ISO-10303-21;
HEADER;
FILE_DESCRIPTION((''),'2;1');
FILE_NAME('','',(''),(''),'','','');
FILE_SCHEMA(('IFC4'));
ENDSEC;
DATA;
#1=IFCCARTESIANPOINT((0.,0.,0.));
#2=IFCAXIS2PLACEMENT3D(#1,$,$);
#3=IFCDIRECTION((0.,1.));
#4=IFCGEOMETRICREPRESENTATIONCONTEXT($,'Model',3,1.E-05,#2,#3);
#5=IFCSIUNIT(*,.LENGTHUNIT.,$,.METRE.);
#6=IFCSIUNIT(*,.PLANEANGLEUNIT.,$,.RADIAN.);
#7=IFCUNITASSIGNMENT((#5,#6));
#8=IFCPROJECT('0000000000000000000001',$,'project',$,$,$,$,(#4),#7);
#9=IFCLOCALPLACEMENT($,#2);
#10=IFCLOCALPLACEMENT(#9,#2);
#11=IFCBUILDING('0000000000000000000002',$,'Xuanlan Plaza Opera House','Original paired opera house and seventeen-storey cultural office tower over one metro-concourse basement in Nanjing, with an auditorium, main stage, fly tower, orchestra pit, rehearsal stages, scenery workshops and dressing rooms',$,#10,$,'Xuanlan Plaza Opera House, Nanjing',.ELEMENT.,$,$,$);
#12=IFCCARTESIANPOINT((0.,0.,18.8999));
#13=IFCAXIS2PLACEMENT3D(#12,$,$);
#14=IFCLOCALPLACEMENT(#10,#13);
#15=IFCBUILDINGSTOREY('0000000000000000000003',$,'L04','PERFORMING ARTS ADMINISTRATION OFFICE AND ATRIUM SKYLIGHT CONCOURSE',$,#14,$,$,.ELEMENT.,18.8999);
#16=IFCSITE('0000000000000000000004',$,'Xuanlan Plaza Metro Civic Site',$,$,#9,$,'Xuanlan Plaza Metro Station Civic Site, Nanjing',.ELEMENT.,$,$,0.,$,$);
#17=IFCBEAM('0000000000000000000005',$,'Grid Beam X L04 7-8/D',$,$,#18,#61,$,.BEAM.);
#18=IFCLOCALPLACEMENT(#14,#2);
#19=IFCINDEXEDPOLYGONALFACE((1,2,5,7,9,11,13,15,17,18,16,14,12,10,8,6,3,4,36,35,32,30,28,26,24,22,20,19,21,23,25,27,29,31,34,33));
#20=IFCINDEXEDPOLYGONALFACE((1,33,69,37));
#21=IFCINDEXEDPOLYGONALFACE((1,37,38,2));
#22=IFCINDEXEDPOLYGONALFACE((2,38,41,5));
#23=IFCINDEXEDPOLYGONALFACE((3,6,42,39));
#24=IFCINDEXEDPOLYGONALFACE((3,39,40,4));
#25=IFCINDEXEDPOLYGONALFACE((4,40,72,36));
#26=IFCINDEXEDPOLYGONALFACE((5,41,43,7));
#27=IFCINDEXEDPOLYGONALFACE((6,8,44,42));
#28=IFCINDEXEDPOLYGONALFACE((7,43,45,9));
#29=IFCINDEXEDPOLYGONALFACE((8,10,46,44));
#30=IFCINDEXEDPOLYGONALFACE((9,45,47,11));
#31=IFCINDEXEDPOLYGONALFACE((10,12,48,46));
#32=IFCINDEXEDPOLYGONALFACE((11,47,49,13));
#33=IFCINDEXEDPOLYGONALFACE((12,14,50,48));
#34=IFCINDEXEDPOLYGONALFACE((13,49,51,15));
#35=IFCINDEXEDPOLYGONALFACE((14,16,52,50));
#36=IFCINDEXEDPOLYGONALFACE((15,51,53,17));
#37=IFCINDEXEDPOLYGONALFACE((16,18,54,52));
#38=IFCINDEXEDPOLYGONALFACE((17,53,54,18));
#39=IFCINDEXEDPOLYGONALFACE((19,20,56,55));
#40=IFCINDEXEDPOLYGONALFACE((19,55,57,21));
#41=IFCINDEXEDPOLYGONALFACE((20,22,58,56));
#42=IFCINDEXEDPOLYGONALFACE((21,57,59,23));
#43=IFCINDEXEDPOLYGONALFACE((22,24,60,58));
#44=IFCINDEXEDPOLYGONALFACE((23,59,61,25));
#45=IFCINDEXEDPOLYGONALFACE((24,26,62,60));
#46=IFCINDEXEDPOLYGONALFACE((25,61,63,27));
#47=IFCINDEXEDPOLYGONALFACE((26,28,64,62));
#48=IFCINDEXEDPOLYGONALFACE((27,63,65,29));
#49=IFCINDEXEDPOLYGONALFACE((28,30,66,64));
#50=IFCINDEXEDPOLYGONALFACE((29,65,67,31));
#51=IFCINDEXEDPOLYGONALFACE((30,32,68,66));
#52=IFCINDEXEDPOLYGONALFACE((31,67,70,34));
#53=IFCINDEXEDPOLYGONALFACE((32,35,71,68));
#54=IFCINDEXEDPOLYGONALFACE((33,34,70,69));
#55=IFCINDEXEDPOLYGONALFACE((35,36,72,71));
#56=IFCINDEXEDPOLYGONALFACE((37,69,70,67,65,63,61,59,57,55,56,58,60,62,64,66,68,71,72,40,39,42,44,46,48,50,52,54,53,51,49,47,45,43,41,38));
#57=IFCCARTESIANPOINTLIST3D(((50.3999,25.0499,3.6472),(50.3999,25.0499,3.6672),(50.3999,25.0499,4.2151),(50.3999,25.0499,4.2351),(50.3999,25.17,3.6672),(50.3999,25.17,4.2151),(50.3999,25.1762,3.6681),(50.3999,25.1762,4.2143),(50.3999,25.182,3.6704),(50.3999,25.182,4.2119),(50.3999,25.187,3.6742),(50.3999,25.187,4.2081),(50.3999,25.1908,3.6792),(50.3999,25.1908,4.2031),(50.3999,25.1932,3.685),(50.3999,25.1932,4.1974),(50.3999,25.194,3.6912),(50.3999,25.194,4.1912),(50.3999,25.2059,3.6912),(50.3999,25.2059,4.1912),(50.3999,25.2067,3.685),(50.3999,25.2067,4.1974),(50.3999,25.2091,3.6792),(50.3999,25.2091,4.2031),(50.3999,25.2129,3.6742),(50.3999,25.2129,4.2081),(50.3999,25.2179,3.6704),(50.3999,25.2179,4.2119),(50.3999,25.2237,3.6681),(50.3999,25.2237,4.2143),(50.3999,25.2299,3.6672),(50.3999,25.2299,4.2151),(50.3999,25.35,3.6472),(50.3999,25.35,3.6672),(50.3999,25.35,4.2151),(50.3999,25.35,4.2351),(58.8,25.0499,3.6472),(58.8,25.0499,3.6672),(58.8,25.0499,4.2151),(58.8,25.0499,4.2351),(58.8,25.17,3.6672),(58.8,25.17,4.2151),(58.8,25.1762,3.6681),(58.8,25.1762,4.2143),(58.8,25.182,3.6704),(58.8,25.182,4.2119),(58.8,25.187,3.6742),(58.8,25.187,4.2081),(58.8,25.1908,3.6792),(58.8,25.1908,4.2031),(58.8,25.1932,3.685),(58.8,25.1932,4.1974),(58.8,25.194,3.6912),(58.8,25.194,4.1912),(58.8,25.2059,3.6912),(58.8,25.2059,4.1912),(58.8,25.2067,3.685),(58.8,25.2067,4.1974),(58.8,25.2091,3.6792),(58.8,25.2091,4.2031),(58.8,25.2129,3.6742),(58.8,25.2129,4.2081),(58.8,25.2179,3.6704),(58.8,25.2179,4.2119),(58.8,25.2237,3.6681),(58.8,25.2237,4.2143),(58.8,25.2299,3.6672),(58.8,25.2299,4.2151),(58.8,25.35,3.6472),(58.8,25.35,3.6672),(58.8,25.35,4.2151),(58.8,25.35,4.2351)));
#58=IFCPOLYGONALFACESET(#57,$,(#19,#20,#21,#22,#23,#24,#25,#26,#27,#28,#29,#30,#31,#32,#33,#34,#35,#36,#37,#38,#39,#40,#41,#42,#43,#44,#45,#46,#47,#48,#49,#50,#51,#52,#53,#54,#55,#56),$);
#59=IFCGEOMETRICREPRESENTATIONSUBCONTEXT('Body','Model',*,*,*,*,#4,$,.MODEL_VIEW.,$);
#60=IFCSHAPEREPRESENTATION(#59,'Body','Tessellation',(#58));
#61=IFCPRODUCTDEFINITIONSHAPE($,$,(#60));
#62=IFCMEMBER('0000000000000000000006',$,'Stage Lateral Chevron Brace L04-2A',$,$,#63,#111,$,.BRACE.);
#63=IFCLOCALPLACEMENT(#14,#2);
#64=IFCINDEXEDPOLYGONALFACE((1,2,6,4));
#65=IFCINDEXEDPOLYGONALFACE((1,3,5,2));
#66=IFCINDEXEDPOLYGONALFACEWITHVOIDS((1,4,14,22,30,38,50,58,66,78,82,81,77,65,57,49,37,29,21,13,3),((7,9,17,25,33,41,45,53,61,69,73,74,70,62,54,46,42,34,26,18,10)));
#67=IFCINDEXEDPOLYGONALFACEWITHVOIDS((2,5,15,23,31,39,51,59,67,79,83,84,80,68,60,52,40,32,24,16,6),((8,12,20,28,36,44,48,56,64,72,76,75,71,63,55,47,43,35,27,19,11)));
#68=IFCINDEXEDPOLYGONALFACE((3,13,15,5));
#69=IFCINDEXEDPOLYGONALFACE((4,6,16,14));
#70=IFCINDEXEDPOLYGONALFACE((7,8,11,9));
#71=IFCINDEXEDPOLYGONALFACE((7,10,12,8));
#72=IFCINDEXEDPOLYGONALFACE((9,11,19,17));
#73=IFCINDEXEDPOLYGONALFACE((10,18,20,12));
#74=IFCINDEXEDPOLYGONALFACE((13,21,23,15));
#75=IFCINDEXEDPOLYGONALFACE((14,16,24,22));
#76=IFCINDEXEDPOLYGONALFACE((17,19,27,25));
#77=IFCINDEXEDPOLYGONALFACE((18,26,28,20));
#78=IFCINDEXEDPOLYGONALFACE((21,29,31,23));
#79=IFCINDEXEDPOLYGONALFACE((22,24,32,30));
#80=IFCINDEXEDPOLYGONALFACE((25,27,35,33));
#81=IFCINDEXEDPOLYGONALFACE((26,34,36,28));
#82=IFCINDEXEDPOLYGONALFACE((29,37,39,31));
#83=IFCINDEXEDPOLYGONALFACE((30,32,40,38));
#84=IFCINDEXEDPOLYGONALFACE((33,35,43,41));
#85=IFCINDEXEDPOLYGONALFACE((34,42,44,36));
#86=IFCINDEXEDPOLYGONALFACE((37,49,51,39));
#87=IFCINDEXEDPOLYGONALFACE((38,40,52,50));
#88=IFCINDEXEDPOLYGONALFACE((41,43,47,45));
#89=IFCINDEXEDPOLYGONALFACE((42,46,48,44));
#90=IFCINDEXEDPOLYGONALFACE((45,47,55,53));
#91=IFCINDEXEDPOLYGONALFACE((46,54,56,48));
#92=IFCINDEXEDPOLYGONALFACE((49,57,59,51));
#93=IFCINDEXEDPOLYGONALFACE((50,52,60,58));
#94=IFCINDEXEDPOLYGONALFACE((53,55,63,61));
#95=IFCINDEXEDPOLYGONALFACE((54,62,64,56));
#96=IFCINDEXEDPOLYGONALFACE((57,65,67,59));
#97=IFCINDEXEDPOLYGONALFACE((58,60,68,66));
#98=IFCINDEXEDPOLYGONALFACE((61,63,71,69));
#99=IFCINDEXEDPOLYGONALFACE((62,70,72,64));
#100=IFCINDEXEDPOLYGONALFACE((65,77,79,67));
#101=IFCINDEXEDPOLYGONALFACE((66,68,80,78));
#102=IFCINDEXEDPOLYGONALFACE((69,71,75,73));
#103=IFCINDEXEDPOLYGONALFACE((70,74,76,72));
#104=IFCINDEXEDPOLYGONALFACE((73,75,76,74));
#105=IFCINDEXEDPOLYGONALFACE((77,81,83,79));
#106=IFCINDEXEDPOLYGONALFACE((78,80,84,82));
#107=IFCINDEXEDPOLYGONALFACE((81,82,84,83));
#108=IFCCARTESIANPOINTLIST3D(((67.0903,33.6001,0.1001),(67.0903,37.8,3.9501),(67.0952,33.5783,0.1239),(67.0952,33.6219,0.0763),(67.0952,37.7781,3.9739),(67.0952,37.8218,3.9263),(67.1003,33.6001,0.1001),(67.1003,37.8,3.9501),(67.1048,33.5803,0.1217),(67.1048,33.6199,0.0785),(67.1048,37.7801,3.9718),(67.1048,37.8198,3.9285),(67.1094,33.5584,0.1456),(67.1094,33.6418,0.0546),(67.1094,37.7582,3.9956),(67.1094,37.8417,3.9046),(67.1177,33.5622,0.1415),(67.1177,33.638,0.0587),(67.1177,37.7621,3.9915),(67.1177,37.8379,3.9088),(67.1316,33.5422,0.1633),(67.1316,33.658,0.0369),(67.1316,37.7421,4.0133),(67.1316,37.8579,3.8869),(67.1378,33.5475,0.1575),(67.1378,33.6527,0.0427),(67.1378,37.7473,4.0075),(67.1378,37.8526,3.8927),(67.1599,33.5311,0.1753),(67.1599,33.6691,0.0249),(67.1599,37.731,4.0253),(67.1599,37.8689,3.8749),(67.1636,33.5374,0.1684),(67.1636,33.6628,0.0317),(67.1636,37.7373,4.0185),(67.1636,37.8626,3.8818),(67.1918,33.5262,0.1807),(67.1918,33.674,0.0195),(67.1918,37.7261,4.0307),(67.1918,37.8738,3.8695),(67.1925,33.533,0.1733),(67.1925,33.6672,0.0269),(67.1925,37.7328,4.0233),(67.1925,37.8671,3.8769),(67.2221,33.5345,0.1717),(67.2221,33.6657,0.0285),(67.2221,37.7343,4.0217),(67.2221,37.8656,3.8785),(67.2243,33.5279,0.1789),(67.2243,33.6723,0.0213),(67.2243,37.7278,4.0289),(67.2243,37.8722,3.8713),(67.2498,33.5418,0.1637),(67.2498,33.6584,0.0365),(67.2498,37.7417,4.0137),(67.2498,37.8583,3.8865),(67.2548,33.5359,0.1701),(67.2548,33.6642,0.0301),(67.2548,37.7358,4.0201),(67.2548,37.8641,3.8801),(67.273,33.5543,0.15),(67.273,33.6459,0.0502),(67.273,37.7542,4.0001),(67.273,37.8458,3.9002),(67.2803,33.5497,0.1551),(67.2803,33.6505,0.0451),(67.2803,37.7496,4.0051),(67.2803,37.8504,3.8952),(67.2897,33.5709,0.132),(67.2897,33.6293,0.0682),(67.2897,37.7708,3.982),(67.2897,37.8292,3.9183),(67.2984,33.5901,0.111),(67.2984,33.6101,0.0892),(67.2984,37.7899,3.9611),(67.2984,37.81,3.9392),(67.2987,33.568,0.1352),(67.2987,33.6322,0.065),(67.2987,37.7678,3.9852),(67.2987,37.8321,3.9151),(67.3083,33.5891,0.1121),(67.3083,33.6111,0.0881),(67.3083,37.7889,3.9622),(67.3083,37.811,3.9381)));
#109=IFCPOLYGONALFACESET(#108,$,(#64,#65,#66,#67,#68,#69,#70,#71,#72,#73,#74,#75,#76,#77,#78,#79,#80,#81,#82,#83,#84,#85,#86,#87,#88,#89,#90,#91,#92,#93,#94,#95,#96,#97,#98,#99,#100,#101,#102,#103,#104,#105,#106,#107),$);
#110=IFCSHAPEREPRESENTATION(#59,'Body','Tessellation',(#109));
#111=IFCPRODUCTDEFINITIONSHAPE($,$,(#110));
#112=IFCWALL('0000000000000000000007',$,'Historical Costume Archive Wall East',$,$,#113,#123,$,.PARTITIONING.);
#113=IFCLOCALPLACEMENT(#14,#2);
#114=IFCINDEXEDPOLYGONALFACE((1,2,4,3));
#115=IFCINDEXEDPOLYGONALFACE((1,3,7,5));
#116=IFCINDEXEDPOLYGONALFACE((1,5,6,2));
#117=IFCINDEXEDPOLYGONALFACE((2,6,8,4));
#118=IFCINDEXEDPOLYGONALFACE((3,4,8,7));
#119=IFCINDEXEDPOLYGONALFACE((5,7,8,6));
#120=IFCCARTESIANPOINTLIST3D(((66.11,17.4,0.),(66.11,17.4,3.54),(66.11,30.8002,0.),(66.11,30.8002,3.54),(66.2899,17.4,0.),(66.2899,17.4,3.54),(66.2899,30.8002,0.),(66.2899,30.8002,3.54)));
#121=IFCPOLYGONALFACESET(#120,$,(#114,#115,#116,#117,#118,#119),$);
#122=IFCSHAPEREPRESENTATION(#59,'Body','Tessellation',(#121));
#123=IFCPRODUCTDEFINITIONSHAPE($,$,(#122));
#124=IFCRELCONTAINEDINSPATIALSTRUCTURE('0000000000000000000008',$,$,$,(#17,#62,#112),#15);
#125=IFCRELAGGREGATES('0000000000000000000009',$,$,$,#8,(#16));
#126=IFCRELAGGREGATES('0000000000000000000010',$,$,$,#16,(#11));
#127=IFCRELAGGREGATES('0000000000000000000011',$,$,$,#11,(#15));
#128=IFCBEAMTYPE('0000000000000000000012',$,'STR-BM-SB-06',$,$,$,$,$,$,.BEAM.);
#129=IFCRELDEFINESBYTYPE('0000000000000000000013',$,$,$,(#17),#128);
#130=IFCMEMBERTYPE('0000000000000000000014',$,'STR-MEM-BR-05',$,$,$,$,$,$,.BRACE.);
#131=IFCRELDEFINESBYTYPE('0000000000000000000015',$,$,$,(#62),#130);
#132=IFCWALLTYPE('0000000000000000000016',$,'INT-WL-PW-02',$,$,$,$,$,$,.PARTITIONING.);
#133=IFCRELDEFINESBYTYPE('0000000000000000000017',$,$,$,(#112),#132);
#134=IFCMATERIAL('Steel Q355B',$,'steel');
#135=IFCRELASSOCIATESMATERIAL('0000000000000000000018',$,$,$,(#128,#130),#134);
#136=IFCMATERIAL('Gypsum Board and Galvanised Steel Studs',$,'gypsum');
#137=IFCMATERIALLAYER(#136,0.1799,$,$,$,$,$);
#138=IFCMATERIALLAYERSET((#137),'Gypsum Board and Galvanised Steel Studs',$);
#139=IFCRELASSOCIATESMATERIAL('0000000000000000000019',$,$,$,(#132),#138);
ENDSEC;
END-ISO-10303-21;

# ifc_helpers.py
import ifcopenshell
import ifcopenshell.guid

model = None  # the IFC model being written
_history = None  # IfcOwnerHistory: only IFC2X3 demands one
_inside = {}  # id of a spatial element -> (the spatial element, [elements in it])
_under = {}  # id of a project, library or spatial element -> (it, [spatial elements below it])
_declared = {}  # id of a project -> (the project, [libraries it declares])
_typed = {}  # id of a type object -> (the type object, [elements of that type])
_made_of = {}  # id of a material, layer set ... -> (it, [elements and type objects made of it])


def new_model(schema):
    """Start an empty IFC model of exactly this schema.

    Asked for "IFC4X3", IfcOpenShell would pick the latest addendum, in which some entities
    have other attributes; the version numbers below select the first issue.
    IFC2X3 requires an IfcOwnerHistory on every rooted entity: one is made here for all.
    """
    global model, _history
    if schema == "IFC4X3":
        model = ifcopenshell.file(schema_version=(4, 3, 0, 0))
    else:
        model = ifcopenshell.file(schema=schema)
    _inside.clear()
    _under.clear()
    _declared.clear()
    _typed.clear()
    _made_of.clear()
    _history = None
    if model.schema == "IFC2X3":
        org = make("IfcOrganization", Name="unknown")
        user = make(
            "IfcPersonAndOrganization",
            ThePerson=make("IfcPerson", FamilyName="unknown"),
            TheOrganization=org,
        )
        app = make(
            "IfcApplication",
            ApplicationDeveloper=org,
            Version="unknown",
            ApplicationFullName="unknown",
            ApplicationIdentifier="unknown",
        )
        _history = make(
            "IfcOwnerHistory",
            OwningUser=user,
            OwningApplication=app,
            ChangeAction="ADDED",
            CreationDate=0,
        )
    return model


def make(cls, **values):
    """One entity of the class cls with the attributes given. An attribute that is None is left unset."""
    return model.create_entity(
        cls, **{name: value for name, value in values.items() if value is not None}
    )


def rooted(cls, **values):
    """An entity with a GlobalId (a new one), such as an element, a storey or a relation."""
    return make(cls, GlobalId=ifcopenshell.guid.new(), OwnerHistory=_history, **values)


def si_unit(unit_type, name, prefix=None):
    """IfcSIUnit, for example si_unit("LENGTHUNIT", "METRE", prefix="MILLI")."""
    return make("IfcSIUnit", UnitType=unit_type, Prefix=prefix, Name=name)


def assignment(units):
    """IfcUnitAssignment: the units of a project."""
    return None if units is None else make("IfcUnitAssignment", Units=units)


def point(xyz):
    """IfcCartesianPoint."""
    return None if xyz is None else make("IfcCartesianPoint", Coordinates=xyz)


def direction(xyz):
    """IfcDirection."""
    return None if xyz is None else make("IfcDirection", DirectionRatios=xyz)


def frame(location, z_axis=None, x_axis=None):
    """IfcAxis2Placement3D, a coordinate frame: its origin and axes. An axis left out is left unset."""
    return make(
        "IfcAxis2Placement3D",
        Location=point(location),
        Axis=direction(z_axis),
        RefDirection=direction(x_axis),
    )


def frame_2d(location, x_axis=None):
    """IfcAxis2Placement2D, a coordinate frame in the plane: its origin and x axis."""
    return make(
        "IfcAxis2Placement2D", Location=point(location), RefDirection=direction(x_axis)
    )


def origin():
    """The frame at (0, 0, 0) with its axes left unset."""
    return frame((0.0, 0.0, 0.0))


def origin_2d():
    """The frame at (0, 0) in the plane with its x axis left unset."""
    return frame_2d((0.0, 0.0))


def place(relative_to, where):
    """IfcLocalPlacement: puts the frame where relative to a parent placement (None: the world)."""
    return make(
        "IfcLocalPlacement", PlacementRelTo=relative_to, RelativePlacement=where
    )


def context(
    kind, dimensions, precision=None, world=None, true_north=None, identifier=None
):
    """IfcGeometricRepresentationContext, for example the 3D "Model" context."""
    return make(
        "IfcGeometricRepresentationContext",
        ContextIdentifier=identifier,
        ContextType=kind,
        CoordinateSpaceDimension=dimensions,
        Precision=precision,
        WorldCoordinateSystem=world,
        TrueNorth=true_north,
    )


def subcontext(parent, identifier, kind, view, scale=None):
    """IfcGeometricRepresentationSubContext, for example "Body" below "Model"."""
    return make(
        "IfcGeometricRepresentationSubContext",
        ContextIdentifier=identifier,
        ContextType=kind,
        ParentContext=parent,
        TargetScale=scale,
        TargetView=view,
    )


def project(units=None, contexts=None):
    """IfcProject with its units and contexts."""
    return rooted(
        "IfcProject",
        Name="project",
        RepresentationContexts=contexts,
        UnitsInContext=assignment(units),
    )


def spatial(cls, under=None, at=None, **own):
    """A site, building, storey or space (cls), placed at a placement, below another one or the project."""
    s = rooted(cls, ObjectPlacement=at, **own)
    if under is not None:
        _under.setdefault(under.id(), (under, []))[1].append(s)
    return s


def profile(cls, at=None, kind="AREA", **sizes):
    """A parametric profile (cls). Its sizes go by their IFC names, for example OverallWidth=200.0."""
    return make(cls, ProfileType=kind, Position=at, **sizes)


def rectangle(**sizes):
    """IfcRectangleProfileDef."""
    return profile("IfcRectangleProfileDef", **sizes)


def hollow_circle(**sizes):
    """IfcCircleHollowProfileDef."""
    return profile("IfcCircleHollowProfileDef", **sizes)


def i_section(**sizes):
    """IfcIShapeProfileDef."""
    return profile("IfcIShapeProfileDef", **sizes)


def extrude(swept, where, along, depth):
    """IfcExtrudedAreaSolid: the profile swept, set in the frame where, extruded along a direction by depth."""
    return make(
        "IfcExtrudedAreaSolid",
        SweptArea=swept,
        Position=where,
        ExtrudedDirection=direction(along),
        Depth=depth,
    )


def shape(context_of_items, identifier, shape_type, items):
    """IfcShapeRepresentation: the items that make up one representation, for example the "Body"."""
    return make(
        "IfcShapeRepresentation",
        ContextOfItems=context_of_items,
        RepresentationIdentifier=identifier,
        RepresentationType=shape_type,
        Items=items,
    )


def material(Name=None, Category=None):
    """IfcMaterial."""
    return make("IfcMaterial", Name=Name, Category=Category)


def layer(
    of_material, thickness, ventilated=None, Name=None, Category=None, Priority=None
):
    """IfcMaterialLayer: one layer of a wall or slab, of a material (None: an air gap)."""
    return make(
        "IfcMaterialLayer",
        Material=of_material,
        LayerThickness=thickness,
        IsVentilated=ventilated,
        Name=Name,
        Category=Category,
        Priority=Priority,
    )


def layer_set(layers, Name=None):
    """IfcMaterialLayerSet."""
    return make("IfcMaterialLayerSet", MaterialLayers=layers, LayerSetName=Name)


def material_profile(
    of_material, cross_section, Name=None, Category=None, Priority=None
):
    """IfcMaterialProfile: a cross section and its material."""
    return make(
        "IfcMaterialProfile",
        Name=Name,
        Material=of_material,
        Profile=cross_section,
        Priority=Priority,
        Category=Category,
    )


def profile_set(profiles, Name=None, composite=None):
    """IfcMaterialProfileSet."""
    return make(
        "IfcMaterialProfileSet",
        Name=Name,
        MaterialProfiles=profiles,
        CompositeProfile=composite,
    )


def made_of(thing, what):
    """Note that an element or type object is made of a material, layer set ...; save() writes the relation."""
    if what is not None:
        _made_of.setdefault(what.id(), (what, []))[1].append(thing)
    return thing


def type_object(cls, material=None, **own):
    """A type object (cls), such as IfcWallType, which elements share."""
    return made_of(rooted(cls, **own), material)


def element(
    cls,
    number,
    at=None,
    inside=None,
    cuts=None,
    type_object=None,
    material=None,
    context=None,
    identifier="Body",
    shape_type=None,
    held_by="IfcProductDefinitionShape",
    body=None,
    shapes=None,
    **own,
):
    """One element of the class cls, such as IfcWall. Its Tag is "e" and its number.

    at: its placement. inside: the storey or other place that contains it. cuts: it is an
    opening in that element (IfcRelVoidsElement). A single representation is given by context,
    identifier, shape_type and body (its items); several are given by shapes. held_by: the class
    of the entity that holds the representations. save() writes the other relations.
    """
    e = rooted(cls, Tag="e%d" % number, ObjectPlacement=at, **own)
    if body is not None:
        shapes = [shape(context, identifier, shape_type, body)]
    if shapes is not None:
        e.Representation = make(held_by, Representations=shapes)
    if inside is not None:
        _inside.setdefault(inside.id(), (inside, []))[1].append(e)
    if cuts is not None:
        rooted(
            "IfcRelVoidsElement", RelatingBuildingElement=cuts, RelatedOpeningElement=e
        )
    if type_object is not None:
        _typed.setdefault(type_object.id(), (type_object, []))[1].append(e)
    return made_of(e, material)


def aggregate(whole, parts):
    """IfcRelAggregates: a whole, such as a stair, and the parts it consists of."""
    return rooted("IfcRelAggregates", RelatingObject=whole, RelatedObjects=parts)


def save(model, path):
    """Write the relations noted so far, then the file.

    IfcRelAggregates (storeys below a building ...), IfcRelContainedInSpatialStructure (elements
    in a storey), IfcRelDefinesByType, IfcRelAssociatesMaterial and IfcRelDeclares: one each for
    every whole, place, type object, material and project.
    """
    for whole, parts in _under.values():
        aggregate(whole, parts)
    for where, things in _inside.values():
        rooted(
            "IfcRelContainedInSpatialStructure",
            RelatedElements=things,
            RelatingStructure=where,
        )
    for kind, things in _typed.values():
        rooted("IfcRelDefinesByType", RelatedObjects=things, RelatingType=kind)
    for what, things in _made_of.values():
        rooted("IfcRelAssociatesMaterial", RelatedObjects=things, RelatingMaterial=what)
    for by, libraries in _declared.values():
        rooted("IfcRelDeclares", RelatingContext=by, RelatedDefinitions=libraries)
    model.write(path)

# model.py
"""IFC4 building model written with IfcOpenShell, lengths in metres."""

from ifc_helpers import new_model, si_unit, direction, frame, frame_2d, origin, origin_2d, place, context, subcontext, project, spatial, rectangle, hollow_circle, i_section, extrude, material, layer, layer_set, material_profile, profile_set, type_object, element, save


model = new_model("IFC4")

# Units and contexts
model_context = context("Model", 3, precision=1e-05, world=origin(), true_north=direction((0.0, 1.0)))
body_context = subcontext(model_context, "Body", "Model", "MODEL_VIEW")
ifc_project = project(units=[si_unit("LENGTHUNIT", "METRE"), si_unit("PLANEANGLEUNIT", "RADIAN")], contexts=[model_context])

# Site, building, storey
site_placement = place(None, origin())
site = spatial("IfcSite", under=ifc_project, at=site_placement, Name="Xuanlan Plaza Metro Civic Site", LongName="Xuanlan Plaza Metro Station Civic Site, Nanjing", CompositionType="ELEMENT", RefElevation=0.0)
building_placement = place(site_placement, origin())
building = spatial("IfcBuilding", under=site, at=building_placement, Name="Xuanlan Plaza Opera House", Description="Original paired opera house and seventeen-storey cultural office tower over one metro-concourse basement in Nanjing, with an auditorium, main stage, fly tower, orchestra pit, rehearsal stages, scenery workshops and dressing rooms", LongName="Xuanlan Plaza Opera House, Nanjing", CompositionType="ELEMENT")
storey_placement = place(building_placement, frame((0.0, 0.0, 18.8999)))
storey = spatial("IfcBuildingStorey", under=building, at=storey_placement, Name="L04", Description="PERFORMING ARTS ADMINISTRATION OFFICE AND ATRIUM SKYLIGHT CONCOURSE", CompositionType="ELEMENT", Elevation=18.8999)

# Beam
ifc_material_1 = material(Name="Steel Q355B", Category="steel")
ifc_material_profile_1 = material_profile(ifc_material_1, i_section(OverallWidth=0.3, OverallDepth=0.5879, WebThickness=0.012, FlangeThickness=0.02, FilletRadius=0.0239, at=origin_2d()), Name="HM 588x300x12x20")
ifc_profile_set_1 = profile_set([ifc_material_profile_1], Name="Steel Q355B")
beam_type_1 = type_object("IfcBeamType", Name="STR-BM-SB-06", PredefinedType="BEAM", material=ifc_profile_set_1)
beam_1_placement = place(storey_placement, frame((50.3999, 25.2, 3.9412), z_axis=(1.0, 0.0, 0.0), x_axis=(0.0, 1.0, 0.0)))
element("IfcBeam", 1, at=beam_1_placement, inside=storey, type_object=beam_type_1, Name="Grid Beam X L04 7-8/D", PredefinedType="BEAM", context=body_context, shape_type="SweptSolid", body=[
    extrude(i_section(OverallWidth=0.3, OverallDepth=0.5879, WebThickness=0.012, FlangeThickness=0.02, FilletRadius=0.0239, at=origin_2d()), origin(), (0.0, 0.0, 1.0), 8.4001),
])

# Member
ifc_material_profile_2 = material_profile(ifc_material_1, hollow_circle(Radius=0.1096, WallThickness=0.01, at=origin_2d()), Name="CHS 219.1x10")
ifc_profile_set_2 = profile_set([ifc_material_profile_2], Name="Steel Q355B")
member_type = type_object("IfcMemberType", Name="STR-MEM-BR-05", PredefinedType="BRACE", material=ifc_profile_set_2)
member_placement = place(storey_placement, frame((67.2, 33.6001, 0.1001), z_axis=(0.0, 0.737142, 0.675738), x_axis=(-1.0, 0.0, 0.0)))
element("IfcMember", 2, at=member_placement, inside=storey, type_object=member_type, Name="Stage Lateral Chevron Brace L04-2A", PredefinedType="BRACE", context=body_context, shape_type="SweptSolid", body=[
    extrude(hollow_circle(Radius=0.1096, WallThickness=0.01, at=origin_2d()), origin(), (0.0, 0.0, 1.0), 5.6975),
])

# Wall
ifc_material_2 = material(Name="Gypsum Board and Galvanised Steel Studs", Category="gypsum")
ifc_layer = layer(ifc_material_2, 0.1799)
ifc_layer_set = layer_set([ifc_layer], Name="Gypsum Board and Galvanised Steel Studs")
wall_type = type_object("IfcWallType", Name="INT-WL-PW-02", PredefinedType="PARTITIONING", material=ifc_layer_set)
wall_placement = place(storey_placement, frame((66.2, 17.3999, 0.0), z_axis=(0.0, 0.0, 1.0), x_axis=(0.0, 1.0, 0.0)))
element("IfcWall", 3, at=wall_placement, inside=storey, type_object=wall_type, Name="Historical Costume Archive Wall East", PredefinedType="PARTITIONING", context=body_context, shape_type="SweptSolid", body=[
    extrude(rectangle(XDim=13.4001, YDim=0.1799, at=frame_2d((6.7002, 0.0))), origin(), (0.0, 0.0, 1.0), 3.54),
])

save(model, "model.ifc")
